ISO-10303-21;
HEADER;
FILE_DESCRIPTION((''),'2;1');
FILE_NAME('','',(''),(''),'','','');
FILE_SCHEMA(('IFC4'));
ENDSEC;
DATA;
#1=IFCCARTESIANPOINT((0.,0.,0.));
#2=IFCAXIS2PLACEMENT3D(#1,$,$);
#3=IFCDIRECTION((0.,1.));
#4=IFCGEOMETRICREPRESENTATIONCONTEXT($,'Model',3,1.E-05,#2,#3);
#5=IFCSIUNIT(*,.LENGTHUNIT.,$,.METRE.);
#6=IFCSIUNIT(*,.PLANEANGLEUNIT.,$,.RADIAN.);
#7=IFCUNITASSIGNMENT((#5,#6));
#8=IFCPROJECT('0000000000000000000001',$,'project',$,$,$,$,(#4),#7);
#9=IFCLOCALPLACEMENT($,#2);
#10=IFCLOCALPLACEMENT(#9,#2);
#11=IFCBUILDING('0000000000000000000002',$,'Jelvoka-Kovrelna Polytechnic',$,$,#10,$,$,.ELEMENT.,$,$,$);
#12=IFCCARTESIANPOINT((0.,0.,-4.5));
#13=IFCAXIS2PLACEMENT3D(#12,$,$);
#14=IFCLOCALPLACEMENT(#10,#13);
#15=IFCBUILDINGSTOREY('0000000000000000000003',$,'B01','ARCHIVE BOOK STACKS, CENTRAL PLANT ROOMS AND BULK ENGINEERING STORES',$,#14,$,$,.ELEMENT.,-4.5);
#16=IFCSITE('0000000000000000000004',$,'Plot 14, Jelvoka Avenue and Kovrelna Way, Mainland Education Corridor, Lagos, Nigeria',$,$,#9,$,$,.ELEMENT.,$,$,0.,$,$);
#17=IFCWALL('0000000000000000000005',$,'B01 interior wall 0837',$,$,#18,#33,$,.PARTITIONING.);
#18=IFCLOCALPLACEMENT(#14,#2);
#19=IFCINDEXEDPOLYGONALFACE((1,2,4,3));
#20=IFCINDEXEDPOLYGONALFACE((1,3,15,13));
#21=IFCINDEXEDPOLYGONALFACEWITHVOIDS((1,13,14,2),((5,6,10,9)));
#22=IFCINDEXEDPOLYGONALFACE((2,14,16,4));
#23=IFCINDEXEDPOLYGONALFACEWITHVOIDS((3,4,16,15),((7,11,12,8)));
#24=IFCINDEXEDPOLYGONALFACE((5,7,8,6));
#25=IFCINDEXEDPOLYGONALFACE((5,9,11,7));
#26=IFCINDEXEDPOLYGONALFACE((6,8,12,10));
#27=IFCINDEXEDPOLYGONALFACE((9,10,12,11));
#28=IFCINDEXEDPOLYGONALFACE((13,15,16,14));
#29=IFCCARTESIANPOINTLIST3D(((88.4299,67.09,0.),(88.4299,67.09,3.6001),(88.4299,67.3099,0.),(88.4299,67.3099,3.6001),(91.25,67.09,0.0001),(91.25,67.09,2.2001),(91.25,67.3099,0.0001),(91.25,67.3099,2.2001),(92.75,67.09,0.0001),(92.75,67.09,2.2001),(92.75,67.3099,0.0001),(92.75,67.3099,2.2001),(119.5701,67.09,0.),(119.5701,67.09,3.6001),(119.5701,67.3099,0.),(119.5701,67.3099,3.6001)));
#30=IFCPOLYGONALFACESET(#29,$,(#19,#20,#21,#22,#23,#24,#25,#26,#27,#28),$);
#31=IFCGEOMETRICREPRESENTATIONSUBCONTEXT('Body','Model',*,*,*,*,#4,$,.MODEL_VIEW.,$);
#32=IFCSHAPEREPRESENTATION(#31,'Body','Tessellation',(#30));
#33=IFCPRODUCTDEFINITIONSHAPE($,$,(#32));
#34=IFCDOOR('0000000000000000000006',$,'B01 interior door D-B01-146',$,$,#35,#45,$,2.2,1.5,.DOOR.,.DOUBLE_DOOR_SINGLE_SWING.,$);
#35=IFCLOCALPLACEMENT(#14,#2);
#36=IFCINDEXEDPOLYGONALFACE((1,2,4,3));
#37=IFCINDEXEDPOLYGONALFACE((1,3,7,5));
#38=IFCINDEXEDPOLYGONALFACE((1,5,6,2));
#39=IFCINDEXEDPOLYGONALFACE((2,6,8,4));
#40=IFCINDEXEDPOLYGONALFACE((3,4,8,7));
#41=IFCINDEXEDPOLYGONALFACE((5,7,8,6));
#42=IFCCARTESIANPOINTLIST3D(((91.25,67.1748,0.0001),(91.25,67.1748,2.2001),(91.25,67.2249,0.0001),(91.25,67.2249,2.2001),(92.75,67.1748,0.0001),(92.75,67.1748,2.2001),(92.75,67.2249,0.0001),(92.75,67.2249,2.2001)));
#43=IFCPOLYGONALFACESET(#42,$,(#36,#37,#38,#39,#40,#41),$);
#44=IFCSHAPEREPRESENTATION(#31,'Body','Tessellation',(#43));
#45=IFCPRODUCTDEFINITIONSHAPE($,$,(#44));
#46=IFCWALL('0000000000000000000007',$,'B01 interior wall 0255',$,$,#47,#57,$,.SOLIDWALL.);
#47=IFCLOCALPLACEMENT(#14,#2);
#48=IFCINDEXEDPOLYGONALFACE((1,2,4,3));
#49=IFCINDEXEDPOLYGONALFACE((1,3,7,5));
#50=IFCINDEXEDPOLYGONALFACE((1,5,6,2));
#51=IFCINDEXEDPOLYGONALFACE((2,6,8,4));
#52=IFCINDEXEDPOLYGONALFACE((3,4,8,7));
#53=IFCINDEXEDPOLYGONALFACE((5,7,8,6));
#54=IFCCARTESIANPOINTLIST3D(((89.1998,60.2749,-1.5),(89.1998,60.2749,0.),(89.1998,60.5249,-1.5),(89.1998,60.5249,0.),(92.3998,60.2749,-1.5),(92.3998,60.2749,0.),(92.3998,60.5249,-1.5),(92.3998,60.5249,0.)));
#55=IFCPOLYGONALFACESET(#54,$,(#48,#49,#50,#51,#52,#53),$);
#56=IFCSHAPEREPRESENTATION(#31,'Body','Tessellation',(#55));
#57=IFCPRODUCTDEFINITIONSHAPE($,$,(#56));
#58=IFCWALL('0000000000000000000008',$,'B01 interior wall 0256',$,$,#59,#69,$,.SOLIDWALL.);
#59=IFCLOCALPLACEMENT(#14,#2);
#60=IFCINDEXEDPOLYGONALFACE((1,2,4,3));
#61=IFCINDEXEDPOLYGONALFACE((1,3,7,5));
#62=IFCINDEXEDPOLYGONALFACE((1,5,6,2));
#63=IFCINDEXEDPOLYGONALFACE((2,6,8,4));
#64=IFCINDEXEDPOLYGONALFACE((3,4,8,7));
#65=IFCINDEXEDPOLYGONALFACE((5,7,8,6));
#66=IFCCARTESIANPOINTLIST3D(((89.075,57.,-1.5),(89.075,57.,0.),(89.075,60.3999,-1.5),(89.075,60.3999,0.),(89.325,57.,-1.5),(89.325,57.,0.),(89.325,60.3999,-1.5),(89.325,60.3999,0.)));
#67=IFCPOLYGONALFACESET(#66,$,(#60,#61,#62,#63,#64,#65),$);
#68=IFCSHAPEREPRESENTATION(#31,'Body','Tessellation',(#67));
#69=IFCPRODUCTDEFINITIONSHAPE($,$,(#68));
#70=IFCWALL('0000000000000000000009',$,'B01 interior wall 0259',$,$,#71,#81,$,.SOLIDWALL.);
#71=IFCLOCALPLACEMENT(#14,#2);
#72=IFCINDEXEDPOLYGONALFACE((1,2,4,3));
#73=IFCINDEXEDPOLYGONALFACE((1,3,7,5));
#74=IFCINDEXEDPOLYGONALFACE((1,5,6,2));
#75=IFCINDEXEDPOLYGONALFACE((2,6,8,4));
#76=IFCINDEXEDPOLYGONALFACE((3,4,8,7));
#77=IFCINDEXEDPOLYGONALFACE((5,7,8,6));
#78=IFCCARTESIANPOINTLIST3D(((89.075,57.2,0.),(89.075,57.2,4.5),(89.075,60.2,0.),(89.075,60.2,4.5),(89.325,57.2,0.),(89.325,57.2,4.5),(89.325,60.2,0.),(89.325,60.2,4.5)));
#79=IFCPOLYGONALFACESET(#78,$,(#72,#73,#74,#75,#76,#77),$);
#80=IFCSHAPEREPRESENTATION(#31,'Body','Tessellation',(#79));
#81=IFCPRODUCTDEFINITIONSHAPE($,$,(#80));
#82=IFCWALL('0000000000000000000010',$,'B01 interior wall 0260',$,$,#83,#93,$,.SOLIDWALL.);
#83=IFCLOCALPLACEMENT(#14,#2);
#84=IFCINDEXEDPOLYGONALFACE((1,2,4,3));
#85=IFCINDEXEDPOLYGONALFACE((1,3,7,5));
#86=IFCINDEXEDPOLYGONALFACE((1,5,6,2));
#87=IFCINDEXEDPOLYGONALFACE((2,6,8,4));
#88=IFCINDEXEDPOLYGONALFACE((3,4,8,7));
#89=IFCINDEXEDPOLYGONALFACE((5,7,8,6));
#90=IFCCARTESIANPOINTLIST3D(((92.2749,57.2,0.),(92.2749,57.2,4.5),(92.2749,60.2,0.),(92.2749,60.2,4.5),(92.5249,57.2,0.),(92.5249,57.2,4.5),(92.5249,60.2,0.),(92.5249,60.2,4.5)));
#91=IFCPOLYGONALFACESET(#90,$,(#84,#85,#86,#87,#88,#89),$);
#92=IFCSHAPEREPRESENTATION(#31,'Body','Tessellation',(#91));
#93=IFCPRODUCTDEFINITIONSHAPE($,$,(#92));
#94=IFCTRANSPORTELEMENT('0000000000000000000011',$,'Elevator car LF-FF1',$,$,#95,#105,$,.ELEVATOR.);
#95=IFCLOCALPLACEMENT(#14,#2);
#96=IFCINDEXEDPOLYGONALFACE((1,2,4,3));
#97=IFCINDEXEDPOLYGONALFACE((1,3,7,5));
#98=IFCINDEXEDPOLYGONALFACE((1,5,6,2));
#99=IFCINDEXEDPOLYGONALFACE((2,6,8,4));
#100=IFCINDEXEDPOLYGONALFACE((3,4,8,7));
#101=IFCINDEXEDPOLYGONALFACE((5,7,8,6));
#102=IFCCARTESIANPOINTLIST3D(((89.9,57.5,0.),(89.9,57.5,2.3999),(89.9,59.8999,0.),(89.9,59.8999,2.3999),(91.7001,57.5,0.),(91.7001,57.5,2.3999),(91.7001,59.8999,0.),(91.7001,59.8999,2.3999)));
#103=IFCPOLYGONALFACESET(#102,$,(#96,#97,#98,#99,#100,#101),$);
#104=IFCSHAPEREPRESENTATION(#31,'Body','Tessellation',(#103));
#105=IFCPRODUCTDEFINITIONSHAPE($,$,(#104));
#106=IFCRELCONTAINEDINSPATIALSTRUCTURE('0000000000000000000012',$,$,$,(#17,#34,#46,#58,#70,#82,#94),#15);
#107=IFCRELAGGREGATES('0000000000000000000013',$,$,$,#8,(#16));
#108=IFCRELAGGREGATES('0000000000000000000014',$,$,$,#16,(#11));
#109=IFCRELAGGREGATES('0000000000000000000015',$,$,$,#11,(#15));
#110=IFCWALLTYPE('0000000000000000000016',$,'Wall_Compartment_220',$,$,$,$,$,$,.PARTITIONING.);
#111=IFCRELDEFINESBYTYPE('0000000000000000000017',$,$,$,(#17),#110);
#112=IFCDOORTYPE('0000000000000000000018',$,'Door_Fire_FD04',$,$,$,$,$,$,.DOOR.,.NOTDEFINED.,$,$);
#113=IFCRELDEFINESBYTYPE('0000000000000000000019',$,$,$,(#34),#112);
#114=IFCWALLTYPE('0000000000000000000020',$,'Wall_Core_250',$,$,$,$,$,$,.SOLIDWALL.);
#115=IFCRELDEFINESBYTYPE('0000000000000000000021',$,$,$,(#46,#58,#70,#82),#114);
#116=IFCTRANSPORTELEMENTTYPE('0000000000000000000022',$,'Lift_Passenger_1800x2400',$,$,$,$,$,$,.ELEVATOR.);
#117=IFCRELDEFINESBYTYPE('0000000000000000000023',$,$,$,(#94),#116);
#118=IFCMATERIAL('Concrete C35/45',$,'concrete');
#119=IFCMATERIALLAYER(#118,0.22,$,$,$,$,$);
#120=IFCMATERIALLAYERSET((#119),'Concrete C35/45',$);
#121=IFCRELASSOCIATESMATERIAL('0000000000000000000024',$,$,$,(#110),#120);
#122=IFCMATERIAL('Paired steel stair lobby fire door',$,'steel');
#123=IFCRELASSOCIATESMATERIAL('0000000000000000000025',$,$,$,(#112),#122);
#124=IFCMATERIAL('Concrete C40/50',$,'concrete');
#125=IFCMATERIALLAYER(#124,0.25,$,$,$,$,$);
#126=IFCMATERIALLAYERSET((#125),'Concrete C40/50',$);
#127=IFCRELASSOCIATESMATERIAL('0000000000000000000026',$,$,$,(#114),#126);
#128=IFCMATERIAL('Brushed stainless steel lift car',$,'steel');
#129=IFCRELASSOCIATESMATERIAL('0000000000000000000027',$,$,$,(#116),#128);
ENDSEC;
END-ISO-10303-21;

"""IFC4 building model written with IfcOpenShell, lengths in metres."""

from ifc_helpers import new_model, si_unit, direction, frame, frame_2d, origin, origin_2d, place, context, subcontext, project, spatial, rectangle, extrude, material, layer, layer_set, type_object, element, fill, save


model = new_model("IFC4")

# Units and contexts
model_context = context("Model", 3, precision=1e-05, world=origin(), true_north=direction((0.0, 1.0)))
body_context = subcontext(model_context, "Body", "Model", "MODEL_VIEW")
ifc_project = project(units=[si_unit("LENGTHUNIT", "METRE"), si_unit("PLANEANGLEUNIT", "RADIAN")], contexts=[model_context])

# Site, building, storey
site_placement = place(None, origin())
site = spatial("IfcSite", under=ifc_project, at=site_placement, Name="Plot 14, Jelvoka Avenue and Kovrelna Way, Mainland Education Corridor, Lagos, Nigeria", CompositionType="ELEMENT", RefElevation=0.0)
building_placement = place(site_placement, origin())
building = spatial("IfcBuilding", under=site, at=building_placement, Name="Jelvoka-Kovrelna Polytechnic", CompositionType="ELEMENT")
storey_placement = place(building_placement, frame((0.0, 0.0, -4.5)))
storey = spatial("IfcBuildingStorey", under=building, at=storey_placement, Name="B01", Description="ARCHIVE BOOK STACKS, CENTRAL PLANT ROOMS AND BULK ENGINEERING STORES", CompositionType="ELEMENT", Elevation=-4.5)

# Shared definitions
ifc_material_1 = material(Name="Concrete C35/45", Category="concrete")
ifc_layer_1 = layer(ifc_material_1, 0.22)
ifc_layer_set_1 = layer_set([ifc_layer_1], Name="Concrete C35/45")
wall_type_1 = type_object("IfcWallType", Name="Wall_Compartment_220", PredefinedType="PARTITIONING", material=ifc_layer_set_1)

# Wall, opening, door
wall_1_placement = place(storey_placement, frame((88.4299, 67.2, 0.0), z_axis=(0.0, 0.0, 1.0), x_axis=(1.0, 0.0, 0.0)))
wall_1 = element("IfcWall", 1, at=wall_1_placement, inside=storey, type_object=wall_type_1, Name="B01 interior wall 0837", PredefinedType="PARTITIONING", context=body_context, shape_type="SweptSolid", body=[
    extrude(rectangle(XDim=31.1401, YDim=0.22, at=frame_2d((15.5701, 0.0))), origin(), (0.0, 0.0, 1.0), 3.6001),
])
opening_1_placement = place(wall_1_placement, frame((2.8201, 0.0, 0.0)))
opening_1 = element("IfcOpeningElement", 2, at=opening_1_placement, cuts=wall_1, PredefinedType="OPENING", context=body_context, shape_type="SweptSolid", body=[
    extrude(rectangle(XDim=1.5, YDim=2.2, at=frame_2d((0.75, 1.1001))), frame((0.0, 0.1199, 0.0), z_axis=(0.0, -1.0, 0.0), x_axis=(1.0, 0.0, 0.0)), (0.0, 0.0, 1.0), 0.24),
])
ifc_material_2 = material(Name="Paired steel stair lobby fire door", Category="steel")
door_type_1 = type_object("IfcDoorType", Name="Door_Fire_FD04", OperationType="NOTDEFINED", PredefinedType="DOOR", material=ifc_material_2)
door_1_placement = place(opening_1_placement, origin())
door_1 = element("IfcDoor", 3, at=door_1_placement, inside=storey, type_object=door_type_1, Name="B01 interior door D-B01-146", OperationType="DOUBLE_DOOR_SINGLE_SWING", OverallHeight=2.2, OverallWidth=1.5, PredefinedType="DOOR", context=body_context, shape_type="SweptSolid", body=[
    extrude(rectangle(XDim=1.5, YDim=2.2, at=frame_2d((0.75, 1.1001))), frame((0.0, 0.0249, 0.0), z_axis=(0.0, -1.0, 0.0), x_axis=(1.0, 0.0, 0.0)), (0.0, 0.0, 1.0), 0.05),
])
fill(opening_1, door_1)

# Walls
ifc_material_3 = material(Name="Concrete C40/50", Category="concrete")
ifc_layer_2 = layer(ifc_material_3, 0.25)
ifc_layer_set_2 = layer_set([ifc_layer_2], Name="Concrete C40/50")
wall_type_2 = type_object("IfcWallType", Name="Wall_Core_250", PredefinedType="SOLIDWALL", material=ifc_layer_set_2)
wall_2_placement = place(storey_placement, frame((92.3999, 60.3999, -1.5), z_axis=(0.0, 0.0, 1.0), x_axis=(-1.0, 0.0, 0.0)))
element("IfcWall", 4, at=wall_2_placement, inside=storey, type_object=wall_type_2, Name="B01 interior wall 0255", PredefinedType="SOLIDWALL", context=body_context, shape_type="SweptSolid", body=[
    extrude(rectangle(XDim=3.2, YDim=0.25, at=frame_2d((1.6001, 0.0))), origin(), (0.0, 0.0, 1.0), 1.5),
])
wall_3_placement = place(storey_placement, frame((89.2, 60.3999, -1.5), z_axis=(0.0, 0.0, 1.0), x_axis=(0.0, -1.0, 0.0)))
element("IfcWall", 5, at=wall_3_placement, inside=storey, type_object=wall_type_2, Name="B01 interior wall 0256", PredefinedType="SOLIDWALL", context=body_context, shape_type="SweptSolid", body=[
    extrude(rectangle(XDim=3.3999, YDim=0.25, at=frame_2d((1.7, 0.0))), origin(), (0.0, 0.0, 1.0), 1.5),
])

# Walls
for number, where, z_axis, x_axis, name in (
    (6, (89.2, 57.2, 0.0), (0.0, 0.0, 1.0), (0.0, 1.0, 0.0), "B01 interior wall 0259"),
    (7, (92.3999, 57.2, 0.0), (0.0, 0.0, 1.0), (0.0, 1.0, 0.0), "B01 interior wall 0260"),
):
    element("IfcWall", number, at=place(storey_placement, frame(where, z_axis=z_axis, x_axis=x_axis)), inside=storey, type_object=wall_type_2, Name=name, PredefinedType="SOLIDWALL", context=body_context, shape_type="SweptSolid", body=[
        extrude(rectangle(XDim=3.0, YDim=0.25, at=frame_2d((1.5, 0.0))), origin(), (0.0, 0.0, 1.0), 4.5),
    ])

# Transport element
ifc_material_4 = material(Name="Brushed stainless steel lift car", Category="steel")
transport_element_type = type_object("IfcTransportElementType", Name="Lift_Passenger_1800x2400", PredefinedType="ELEVATOR", material=ifc_material_4)
transport_element_placement = place(storey_placement, frame((90.8, 58.7, 0.0), z_axis=(0.0, 0.0, 1.0), x_axis=(1.0, 0.0, 0.0)))
element("IfcTransportElement", 8, at=transport_element_placement, inside=storey, type_object=transport_element_type, Name="Elevator car LF-FF1", PredefinedType="ELEVATOR", context=body_context, shape_type="SweptSolid", body=[
    extrude(rectangle(XDim=1.8, YDim=2.3999, at=origin_2d()), origin(), (0.0, 0.0, 1.0), 2.3999),
])

save(model, "model.ifc")
